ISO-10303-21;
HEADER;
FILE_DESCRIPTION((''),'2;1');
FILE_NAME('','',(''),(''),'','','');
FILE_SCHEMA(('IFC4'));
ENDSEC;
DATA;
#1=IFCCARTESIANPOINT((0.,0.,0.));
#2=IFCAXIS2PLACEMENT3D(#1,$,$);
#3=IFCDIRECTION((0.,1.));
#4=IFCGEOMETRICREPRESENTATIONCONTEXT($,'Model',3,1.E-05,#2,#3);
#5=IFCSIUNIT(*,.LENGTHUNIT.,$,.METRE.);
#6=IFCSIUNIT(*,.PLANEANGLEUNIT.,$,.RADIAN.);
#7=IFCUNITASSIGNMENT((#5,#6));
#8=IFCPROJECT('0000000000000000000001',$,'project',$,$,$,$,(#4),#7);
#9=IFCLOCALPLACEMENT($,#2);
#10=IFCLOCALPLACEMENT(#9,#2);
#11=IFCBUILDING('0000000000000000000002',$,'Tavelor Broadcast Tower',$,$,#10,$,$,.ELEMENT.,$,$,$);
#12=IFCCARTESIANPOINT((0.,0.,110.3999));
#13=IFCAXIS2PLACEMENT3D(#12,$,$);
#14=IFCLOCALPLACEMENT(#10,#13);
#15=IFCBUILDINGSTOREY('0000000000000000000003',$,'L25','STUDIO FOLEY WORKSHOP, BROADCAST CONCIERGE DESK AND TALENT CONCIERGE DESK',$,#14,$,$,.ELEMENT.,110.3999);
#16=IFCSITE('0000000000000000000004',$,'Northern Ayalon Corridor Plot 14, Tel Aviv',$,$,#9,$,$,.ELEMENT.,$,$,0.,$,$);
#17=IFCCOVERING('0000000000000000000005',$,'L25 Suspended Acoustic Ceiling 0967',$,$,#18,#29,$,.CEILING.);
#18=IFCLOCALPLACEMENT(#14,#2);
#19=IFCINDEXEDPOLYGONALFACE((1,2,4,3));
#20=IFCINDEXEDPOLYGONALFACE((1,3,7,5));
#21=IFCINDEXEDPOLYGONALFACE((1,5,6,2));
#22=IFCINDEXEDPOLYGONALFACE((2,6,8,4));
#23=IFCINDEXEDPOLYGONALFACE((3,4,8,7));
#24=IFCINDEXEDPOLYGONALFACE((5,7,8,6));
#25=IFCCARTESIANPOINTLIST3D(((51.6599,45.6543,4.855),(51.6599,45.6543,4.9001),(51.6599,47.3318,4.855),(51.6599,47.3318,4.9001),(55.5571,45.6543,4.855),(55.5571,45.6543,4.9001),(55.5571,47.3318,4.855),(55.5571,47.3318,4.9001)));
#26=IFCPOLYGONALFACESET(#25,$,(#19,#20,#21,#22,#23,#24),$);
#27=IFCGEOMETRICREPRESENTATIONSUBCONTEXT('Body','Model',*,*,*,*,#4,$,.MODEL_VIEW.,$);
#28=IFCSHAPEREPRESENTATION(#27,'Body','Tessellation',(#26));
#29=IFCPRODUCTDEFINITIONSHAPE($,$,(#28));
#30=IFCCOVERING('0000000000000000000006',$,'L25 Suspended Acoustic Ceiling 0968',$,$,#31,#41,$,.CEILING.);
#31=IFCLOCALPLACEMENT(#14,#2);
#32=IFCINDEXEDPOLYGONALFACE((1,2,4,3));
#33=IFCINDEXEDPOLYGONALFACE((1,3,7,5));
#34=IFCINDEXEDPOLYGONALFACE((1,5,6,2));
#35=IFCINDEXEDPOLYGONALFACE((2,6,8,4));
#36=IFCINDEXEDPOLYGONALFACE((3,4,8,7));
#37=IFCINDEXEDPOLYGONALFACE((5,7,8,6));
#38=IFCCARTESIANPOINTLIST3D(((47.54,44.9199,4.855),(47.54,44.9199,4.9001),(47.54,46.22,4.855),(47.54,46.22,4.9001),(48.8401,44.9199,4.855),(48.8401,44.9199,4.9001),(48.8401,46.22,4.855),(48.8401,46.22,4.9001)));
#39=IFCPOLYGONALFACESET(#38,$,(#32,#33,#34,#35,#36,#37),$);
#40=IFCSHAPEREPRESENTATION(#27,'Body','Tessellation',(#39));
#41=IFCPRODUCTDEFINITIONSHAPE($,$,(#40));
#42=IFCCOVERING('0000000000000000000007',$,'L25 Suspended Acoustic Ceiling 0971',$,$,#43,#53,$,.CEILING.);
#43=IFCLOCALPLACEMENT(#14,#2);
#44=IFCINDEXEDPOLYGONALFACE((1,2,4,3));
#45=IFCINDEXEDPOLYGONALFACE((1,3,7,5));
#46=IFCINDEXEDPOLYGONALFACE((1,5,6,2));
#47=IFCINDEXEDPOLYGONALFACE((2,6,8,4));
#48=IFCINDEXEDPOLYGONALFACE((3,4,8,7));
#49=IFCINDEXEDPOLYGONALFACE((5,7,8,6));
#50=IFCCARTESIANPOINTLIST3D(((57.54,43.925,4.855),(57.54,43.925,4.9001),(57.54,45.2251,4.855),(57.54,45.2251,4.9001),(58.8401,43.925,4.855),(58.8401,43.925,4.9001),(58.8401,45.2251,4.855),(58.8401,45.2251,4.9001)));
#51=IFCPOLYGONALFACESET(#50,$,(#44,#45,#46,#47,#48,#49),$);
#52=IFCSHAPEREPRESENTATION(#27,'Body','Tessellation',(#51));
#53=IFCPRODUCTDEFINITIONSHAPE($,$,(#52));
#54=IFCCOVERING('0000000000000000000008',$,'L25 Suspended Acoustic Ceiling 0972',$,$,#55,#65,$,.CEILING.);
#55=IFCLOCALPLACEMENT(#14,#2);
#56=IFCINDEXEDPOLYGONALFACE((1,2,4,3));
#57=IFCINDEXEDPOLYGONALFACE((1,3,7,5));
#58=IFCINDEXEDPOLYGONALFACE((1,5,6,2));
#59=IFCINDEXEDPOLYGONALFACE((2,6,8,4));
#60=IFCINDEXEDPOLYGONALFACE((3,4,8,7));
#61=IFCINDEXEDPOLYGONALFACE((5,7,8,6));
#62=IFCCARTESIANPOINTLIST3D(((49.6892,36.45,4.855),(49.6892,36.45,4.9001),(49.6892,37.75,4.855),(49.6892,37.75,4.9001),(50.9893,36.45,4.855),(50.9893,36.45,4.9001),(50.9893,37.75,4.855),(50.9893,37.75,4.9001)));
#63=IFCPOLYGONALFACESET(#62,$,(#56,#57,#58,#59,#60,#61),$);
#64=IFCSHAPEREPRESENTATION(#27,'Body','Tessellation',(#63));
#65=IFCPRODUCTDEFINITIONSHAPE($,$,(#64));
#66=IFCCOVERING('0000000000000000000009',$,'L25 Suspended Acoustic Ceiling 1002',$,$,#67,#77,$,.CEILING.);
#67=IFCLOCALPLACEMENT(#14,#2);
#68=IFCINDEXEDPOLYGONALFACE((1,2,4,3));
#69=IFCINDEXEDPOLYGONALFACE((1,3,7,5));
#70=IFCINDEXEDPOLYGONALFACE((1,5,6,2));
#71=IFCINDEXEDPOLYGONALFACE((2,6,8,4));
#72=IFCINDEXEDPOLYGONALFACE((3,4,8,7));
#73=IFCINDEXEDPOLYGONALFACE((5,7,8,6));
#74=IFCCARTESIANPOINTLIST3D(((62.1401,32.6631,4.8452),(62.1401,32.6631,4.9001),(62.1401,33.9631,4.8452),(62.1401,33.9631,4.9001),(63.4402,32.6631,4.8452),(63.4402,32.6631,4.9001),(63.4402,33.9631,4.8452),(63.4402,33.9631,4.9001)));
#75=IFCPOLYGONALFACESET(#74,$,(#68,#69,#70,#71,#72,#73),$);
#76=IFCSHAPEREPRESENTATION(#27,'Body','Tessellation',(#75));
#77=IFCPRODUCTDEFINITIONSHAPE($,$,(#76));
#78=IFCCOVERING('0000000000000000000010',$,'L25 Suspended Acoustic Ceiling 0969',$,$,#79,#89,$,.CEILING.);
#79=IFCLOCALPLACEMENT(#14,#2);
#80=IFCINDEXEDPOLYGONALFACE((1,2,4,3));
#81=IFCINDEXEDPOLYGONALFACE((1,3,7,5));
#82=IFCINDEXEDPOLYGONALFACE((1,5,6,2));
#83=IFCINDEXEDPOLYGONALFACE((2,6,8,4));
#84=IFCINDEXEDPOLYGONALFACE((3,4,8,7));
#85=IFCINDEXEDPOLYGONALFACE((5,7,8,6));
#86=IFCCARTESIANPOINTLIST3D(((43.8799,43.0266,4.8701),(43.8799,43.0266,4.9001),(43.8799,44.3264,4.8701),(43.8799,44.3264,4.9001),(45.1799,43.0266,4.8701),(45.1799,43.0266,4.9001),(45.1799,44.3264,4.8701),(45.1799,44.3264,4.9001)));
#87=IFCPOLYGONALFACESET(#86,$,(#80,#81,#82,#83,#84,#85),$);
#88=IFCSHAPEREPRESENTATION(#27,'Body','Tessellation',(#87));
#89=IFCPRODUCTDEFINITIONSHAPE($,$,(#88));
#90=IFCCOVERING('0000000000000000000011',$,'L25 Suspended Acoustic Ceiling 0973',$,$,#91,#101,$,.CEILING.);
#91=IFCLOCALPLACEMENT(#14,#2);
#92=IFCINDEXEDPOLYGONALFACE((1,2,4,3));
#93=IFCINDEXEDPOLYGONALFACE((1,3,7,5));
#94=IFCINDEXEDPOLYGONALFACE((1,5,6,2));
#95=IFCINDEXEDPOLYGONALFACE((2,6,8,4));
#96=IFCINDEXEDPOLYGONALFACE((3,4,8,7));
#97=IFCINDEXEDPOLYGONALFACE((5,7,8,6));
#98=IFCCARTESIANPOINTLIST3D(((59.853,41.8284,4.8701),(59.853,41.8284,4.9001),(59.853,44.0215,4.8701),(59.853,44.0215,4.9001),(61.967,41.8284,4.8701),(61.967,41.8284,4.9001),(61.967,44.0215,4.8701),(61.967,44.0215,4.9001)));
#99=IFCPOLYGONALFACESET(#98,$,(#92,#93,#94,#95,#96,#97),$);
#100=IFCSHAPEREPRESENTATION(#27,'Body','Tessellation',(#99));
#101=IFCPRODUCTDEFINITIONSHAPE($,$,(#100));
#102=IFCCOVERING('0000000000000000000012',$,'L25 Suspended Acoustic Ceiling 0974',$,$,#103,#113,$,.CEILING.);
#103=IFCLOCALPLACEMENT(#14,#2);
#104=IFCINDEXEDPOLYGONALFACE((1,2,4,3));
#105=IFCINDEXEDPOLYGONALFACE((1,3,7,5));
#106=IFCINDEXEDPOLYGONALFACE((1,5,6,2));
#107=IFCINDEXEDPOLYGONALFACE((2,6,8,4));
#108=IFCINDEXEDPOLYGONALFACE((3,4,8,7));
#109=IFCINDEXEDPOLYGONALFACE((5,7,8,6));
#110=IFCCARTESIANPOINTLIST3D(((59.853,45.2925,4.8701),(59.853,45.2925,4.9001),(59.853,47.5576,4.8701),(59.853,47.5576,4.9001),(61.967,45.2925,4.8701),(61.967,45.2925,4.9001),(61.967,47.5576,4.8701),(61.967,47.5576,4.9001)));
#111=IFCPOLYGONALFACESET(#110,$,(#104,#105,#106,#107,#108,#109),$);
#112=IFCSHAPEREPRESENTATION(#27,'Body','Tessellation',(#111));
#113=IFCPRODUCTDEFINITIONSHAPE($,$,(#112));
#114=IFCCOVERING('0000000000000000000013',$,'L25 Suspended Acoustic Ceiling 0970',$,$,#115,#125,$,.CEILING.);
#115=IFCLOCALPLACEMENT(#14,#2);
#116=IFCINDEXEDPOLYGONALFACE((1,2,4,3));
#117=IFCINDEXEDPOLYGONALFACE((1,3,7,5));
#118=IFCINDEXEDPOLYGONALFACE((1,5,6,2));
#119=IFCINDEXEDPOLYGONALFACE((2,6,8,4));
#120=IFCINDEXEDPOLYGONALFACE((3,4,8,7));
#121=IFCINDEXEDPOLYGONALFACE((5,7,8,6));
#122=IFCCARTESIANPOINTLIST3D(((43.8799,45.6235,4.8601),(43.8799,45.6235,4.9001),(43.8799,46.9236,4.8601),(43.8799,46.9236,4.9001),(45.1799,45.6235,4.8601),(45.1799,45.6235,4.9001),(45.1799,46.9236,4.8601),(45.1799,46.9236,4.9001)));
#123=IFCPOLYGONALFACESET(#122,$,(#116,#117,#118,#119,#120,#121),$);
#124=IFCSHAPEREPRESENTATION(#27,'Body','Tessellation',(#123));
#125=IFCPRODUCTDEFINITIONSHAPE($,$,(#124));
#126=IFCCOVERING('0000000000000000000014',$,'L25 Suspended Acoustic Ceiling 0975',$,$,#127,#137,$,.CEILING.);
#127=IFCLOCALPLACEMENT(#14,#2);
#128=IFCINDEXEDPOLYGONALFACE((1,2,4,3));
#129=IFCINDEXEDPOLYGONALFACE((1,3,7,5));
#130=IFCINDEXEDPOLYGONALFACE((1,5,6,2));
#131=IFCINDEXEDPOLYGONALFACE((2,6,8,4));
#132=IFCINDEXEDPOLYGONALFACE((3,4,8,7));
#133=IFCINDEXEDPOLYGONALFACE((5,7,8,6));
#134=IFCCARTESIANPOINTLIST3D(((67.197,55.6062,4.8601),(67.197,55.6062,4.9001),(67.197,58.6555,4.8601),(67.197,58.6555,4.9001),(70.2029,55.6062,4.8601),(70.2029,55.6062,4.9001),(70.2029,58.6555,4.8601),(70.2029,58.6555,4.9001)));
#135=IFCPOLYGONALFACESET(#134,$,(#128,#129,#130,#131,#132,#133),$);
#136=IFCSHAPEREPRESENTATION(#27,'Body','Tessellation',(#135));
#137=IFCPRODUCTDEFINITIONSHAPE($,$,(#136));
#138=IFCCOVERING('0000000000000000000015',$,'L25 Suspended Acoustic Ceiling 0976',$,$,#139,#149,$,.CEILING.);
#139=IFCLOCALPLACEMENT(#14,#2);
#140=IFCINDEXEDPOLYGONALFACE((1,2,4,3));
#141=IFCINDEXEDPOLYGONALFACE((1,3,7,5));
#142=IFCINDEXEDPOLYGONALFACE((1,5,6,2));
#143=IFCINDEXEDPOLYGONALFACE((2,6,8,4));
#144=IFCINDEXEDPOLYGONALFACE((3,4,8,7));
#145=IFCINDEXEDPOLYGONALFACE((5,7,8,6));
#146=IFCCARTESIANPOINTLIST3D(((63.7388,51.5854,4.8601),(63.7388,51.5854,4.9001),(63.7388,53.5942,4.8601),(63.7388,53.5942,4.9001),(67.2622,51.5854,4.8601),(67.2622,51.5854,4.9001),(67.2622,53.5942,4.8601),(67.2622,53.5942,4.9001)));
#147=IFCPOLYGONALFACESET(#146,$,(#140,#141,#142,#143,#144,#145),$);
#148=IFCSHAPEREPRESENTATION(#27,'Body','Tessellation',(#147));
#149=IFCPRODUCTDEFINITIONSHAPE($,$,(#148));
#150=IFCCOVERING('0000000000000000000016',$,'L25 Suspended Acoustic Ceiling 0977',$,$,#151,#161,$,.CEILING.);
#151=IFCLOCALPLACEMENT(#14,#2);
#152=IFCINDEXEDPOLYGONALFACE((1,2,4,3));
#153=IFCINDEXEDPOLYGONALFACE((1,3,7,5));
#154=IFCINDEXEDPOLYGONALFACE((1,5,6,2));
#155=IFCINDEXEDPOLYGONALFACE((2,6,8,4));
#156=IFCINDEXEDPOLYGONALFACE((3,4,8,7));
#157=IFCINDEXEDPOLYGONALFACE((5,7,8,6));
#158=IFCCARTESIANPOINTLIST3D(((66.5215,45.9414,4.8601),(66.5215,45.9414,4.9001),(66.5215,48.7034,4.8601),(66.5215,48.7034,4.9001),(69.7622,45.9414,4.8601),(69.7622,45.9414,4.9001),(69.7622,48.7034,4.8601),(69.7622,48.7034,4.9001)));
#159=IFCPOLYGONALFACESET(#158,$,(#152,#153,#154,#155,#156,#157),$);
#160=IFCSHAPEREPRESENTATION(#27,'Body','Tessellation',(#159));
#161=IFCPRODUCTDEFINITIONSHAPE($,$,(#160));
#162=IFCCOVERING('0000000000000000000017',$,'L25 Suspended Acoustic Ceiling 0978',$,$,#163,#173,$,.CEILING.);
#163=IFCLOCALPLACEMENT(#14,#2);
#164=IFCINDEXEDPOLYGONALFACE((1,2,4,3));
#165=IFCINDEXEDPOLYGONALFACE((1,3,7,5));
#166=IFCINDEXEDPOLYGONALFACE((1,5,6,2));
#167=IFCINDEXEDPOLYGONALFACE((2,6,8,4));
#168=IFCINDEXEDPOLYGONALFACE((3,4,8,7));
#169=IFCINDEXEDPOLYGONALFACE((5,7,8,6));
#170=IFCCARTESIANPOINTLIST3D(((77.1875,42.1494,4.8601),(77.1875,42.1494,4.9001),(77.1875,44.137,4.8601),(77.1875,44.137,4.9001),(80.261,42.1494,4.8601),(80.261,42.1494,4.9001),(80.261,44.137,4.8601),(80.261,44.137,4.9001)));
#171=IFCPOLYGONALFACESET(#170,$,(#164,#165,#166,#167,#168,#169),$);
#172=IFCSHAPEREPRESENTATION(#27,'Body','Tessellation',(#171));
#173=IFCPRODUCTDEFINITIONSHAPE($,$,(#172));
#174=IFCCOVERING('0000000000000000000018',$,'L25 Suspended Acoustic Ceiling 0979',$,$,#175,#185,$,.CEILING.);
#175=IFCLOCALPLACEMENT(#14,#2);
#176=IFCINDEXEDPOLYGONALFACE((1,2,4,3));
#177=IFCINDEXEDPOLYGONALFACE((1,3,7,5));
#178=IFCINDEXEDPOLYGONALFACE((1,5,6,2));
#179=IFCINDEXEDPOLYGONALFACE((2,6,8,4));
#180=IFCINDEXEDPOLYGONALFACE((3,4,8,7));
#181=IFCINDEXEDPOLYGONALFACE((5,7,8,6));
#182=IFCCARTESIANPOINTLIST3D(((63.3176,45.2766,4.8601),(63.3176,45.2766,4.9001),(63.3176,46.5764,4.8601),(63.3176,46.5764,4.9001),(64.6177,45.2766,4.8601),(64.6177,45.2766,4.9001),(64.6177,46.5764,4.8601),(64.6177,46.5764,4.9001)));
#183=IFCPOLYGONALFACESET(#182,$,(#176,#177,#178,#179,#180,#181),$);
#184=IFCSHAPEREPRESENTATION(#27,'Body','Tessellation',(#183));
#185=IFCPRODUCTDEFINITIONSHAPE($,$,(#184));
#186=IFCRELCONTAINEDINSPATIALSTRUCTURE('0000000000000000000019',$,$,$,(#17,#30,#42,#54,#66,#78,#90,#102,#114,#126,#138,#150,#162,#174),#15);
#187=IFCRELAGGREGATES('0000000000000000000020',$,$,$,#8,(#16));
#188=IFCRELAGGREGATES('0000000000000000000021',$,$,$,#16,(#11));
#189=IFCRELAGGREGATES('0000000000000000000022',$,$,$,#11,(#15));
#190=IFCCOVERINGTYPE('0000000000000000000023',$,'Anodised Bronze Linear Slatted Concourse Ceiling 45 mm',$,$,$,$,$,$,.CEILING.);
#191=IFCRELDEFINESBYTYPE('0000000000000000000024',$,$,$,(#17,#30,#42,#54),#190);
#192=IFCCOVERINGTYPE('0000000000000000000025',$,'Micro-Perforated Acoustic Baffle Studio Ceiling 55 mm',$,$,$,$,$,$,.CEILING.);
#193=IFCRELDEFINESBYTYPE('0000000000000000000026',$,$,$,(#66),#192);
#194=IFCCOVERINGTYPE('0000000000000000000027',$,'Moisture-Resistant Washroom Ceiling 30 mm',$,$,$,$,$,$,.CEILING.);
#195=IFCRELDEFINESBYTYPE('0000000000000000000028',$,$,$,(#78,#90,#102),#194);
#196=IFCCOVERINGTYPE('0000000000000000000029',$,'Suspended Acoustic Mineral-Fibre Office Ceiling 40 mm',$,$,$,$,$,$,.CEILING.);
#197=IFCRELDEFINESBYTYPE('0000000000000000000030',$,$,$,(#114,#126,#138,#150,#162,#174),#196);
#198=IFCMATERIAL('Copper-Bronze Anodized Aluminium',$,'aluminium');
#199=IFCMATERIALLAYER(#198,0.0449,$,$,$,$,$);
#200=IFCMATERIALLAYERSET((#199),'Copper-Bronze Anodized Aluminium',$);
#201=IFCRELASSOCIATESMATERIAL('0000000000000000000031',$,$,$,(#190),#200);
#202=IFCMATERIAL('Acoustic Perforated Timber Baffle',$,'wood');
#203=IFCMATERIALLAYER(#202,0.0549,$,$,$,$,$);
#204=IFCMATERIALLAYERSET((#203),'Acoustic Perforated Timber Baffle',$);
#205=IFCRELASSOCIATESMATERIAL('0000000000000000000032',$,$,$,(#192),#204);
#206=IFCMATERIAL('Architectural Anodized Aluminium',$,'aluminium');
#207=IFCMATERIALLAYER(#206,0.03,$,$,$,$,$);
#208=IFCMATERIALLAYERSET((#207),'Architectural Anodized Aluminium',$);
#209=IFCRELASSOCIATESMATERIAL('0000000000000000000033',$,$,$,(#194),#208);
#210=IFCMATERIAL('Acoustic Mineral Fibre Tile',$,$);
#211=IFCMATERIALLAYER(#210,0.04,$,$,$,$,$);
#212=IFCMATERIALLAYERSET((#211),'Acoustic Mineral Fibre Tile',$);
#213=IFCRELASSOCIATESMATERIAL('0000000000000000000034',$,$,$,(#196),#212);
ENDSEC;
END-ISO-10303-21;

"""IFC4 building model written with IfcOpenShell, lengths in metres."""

from ifc_helpers import new_model, si_unit, direction, frame, origin, place, context, subcontext, project, spatial, polyline, outline, extrude, material, layer, layer_set, type_object, element, save


model = new_model("IFC4")

# Units and contexts
model_context = context("Model", 3, precision=1e-05, world=origin(), true_north=direction((0.0, 1.0)))
body_context = subcontext(model_context, "Body", "Model", "MODEL_VIEW")
ifc_project = project(units=[si_unit("LENGTHUNIT", "METRE"), si_unit("PLANEANGLEUNIT", "RADIAN")], contexts=[model_context])

# Site, building, storey
site_placement = place(None, origin())
site = spatial("IfcSite", under=ifc_project, at=site_placement, Name="Northern Ayalon Corridor Plot 14, Tel Aviv", CompositionType="ELEMENT", RefElevation=0.0)
building_placement = place(site_placement, origin())
building = spatial("IfcBuilding", under=site, at=building_placement, Name="Tavelor Broadcast Tower", CompositionType="ELEMENT")
storey_placement = place(building_placement, frame((0.0, 0.0, 110.3999)))
storey = spatial("IfcBuildingStorey", under=building, at=storey_placement, Name="L25", Description="STUDIO FOLEY WORKSHOP, BROADCAST CONCIERGE DESK AND TALENT CONCIERGE DESK", CompositionType="ELEMENT", Elevation=110.3999)

# Coverings
ifc_material_1 = material(Name="Copper-Bronze Anodized Aluminium", Category="aluminium")
ifc_layer_1 = layer(ifc_material_1, 0.0449)
ifc_layer_set_1 = layer_set([ifc_layer_1], Name="Copper-Bronze Anodized Aluminium")
covering_type_1 = type_object("IfcCoveringType", Name="Anodised Bronze Linear Slatted Concourse Ceiling 45 mm", PredefinedType="CEILING", material=ifc_layer_set_1)
covering_1_placement = place(storey_placement, frame((0.0, 0.0, 4.855)))
element("IfcCovering", 1, at=covering_1_placement, inside=storey, type_object=covering_type_1, Name="L25 Suspended Acoustic Ceiling 0967", PredefinedType="CEILING", context=body_context, shape_type="SweptSolid", body=[
    extrude(outline(polyline([(51.6599, 45.6543), (55.5571, 45.6543), (55.5571, 47.3318), (51.6599, 47.3318), (51.6599, 45.6543)])), origin(), (0.0, 0.0, 1.0), 0.0452),
])
covering_2_placement = place(storey_placement, frame((0.0, 0.0, 4.855)))
element("IfcCovering", 2, at=covering_2_placement, inside=storey, type_object=covering_type_1, Name="L25 Suspended Acoustic Ceiling 0968", PredefinedType="CEILING", context=body_context, shape_type="SweptSolid", body=[
    extrude(outline(polyline([(47.54, 44.9199), (48.8401, 44.9199), (48.8401, 46.22), (47.54, 46.22), (47.54, 44.9199)])), origin(), (0.0, 0.0, 1.0), 0.0452),
])
covering_3_placement = place(storey_placement, frame((0.0, 0.0, 4.855)))
element("IfcCovering", 3, at=covering_3_placement, inside=storey, type_object=covering_type_1, Name="L25 Suspended Acoustic Ceiling 0971", PredefinedType="CEILING", context=body_context, shape_type="SweptSolid", body=[
    extrude(outline(polyline([(57.54, 43.925), (58.8401, 43.925), (58.8401, 45.2251), (57.54, 45.2251), (57.54, 43.925)])), origin(), (0.0, 0.0, 1.0), 0.0452),
])
covering_4_placement = place(storey_placement, frame((0.0, 0.0, 4.855)))
element("IfcCovering", 4, at=covering_4_placement, inside=storey, type_object=covering_type_1, Name="L25 Suspended Acoustic Ceiling 0972", PredefinedType="CEILING", context=body_context, shape_type="SweptSolid", body=[
    extrude(outline(polyline([(49.6892, 36.45), (50.9893, 36.45), (50.9893, 37.75), (49.6892, 37.75), (49.6892, 36.45)])), origin(), (0.0, 0.0, 1.0), 0.0452),
])
ifc_material_2 = material(Name="Acoustic Perforated Timber Baffle", Category="wood")
ifc_layer_2 = layer(ifc_material_2, 0.0549)
ifc_layer_set_2 = layer_set([ifc_layer_2], Name="Acoustic Perforated Timber Baffle")
covering_type_2 = type_object("IfcCoveringType", Name="Micro-Perforated Acoustic Baffle Studio Ceiling 55 mm", PredefinedType="CEILING", material=ifc_layer_set_2)
covering_5_placement = place(storey_placement, frame((0.0, 0.0, 4.8452)))
element("IfcCovering", 5, at=covering_5_placement, inside=storey, type_object=covering_type_2, Name="L25 Suspended Acoustic Ceiling 1002", PredefinedType="CEILING", context=body_context, shape_type="SweptSolid", body=[
    extrude(outline(polyline([(62.1401, 32.6631), (63.4402, 32.6631), (63.4402, 33.9631), (62.1401, 33.9631), (62.1401, 32.6631)])), origin(), (0.0, 0.0, 1.0), 0.0549),
])
ifc_material_3 = material(Name="Architectural Anodized Aluminium", Category="aluminium")
ifc_layer_3 = layer(ifc_material_3, 0.03)
ifc_layer_set_3 = layer_set([ifc_layer_3], Name="Architectural Anodized Aluminium")
covering_type_3 = type_object("IfcCoveringType", Name="Moisture-Resistant Washroom Ceiling 30 mm", PredefinedType="CEILING", material=ifc_layer_set_3)
covering_6_placement = place(storey_placement, frame((0.0, 0.0, 4.8701)))
element("IfcCovering", 6, at=covering_6_placement, inside=storey, type_object=covering_type_3, Name="L25 Suspended Acoustic Ceiling 0969", PredefinedType="CEILING", context=body_context, shape_type="SweptSolid", body=[
    extrude(outline(polyline([(43.8799, 43.0266), (45.1799, 43.0266), (45.1799, 44.3264), (43.8799, 44.3264), (43.8799, 43.0266)])), origin(), (0.0, 0.0, 1.0), 0.03),
])
covering_7_placement = place(storey_placement, frame((0.0, 0.0, 4.8701)))
element("IfcCovering", 7, at=covering_7_placement, inside=storey, type_object=covering_type_3, Name="L25 Suspended Acoustic Ceiling 0973", PredefinedType="CEILING", context=body_context, shape_type="SweptSolid", body=[
    extrude(outline(polyline([(59.853, 41.8284), (61.967, 41.8284), (61.967, 44.0215), (59.853, 44.0215), (59.853, 41.8284)])), origin(), (0.0, 0.0, 1.0), 0.03),
])
covering_8_placement = place(storey_placement, frame((0.0, 0.0, 4.8701)))
element("IfcCovering", 8, at=covering_8_placement, inside=storey, type_object=covering_type_3, Name="L25 Suspended Acoustic Ceiling 0974", PredefinedType="CEILING", context=body_context, shape_type="SweptSolid", body=[
    extrude(outline(polyline([(59.853, 45.2925), (61.967, 45.2925), (61.967, 47.5576), (59.853, 47.5576), (59.853, 45.2925)])), origin(), (0.0, 0.0, 1.0), 0.03),
])
ifc_material_4 = material(Name="Acoustic Mineral Fibre Tile")
ifc_layer_4 = layer(ifc_material_4, 0.04)
ifc_layer_set_4 = layer_set([ifc_layer_4], Name="Acoustic Mineral Fibre Tile")
covering_type_4 = type_object("IfcCoveringType", Name="Suspended Acoustic Mineral-Fibre Office Ceiling 40 mm", PredefinedType="CEILING", material=ifc_layer_set_4)
covering_9_placement = place(storey_placement, frame((0.0, 0.0, 4.8601)))
element("IfcCovering", 9, at=covering_9_placement, inside=storey, type_object=covering_type_4, Name="L25 Suspended Acoustic Ceiling 0970", PredefinedType="CEILING", context=body_context, shape_type="SweptSolid", body=[
    extrude(outline(polyline([(43.8799, 45.6235), (45.1799, 45.6235), (45.1799, 46.9236), (43.8799, 46.9236), (43.8799, 45.6235)])), origin(), (0.0, 0.0, 1.0), 0.04),
])
covering_10_placement = place(storey_placement, frame((0.0, 0.0, 4.8601)))
element("IfcCovering", 10, at=covering_10_placement, inside=storey, type_object=covering_type_4, Name="L25 Suspended Acoustic Ceiling 0975", PredefinedType="CEILING", context=body_context, shape_type="SweptSolid", body=[
    extrude(outline(polyline([(67.197, 55.6062), (70.2029, 55.6062), (70.2029, 58.6555), (67.197, 58.6555), (67.197, 55.6062)])), origin(), (0.0, 0.0, 1.0), 0.04),
])
covering_11_placement = place(storey_placement, frame((0.0, 0.0, 4.8601)))
element("IfcCovering", 11, at=covering_11_placement, inside=storey, type_object=covering_type_4, Name="L25 Suspended Acoustic Ceiling 0976", PredefinedType="CEILING", context=body_context, shape_type="SweptSolid", body=[
    extrude(outline(polyline([(63.7388, 51.5854), (67.2622, 51.5854), (67.2622, 53.5942), (63.7388, 53.5942), (63.7388, 51.5854)])), origin(), (0.0, 0.0, 1.0), 0.04),
])
covering_12_placement = place(storey_placement, frame((0.0, 0.0, 4.8601)))
element("IfcCovering", 12, at=covering_12_placement, inside=storey, type_object=covering_type_4, Name="L25 Suspended Acoustic Ceiling 0977", PredefinedType="CEILING", context=body_context, shape_type="SweptSolid", body=[
    extrude(outline(polyline([(66.5215, 45.9414), (69.7622, 45.9414), (69.7622, 48.7034), (66.5215, 48.7034), (66.5215, 45.9414)])), origin(), (0.0, 0.0, 1.0), 0.04),
])
covering_13_placement = place(storey_placement, frame((0.0, 0.0, 4.8601)))
element("IfcCovering", 13, at=covering_13_placement, inside=storey, type_object=covering_type_4, Name="L25 Suspended Acoustic Ceiling 0978", PredefinedType="CEILING", context=body_context, shape_type="SweptSolid", body=[
    extrude(outline(polyline([(77.1875, 42.1494), (80.261, 42.1494), (80.261, 44.137), (77.1875, 44.137), (77.1875, 42.1494)])), origin(), (0.0, 0.0, 1.0), 0.04),
])
covering_14_placement = place(storey_placement, frame((0.0, 0.0, 4.8601)))
element("IfcCovering", 14, at=covering_14_placement, inside=storey, type_object=covering_type_4, Name="L25 Suspended Acoustic Ceiling 0979", PredefinedType="CEILING", context=body_context, shape_type="SweptSolid", body=[
    extrude(outline(polyline([(63.3176, 45.2766), (64.6177, 45.2766), (64.6177, 46.5764), (63.3176, 46.5764), (63.3176, 45.2766)])), origin(), (0.0, 0.0, 1.0), 0.04),
])

save(model, "model.ifc")
